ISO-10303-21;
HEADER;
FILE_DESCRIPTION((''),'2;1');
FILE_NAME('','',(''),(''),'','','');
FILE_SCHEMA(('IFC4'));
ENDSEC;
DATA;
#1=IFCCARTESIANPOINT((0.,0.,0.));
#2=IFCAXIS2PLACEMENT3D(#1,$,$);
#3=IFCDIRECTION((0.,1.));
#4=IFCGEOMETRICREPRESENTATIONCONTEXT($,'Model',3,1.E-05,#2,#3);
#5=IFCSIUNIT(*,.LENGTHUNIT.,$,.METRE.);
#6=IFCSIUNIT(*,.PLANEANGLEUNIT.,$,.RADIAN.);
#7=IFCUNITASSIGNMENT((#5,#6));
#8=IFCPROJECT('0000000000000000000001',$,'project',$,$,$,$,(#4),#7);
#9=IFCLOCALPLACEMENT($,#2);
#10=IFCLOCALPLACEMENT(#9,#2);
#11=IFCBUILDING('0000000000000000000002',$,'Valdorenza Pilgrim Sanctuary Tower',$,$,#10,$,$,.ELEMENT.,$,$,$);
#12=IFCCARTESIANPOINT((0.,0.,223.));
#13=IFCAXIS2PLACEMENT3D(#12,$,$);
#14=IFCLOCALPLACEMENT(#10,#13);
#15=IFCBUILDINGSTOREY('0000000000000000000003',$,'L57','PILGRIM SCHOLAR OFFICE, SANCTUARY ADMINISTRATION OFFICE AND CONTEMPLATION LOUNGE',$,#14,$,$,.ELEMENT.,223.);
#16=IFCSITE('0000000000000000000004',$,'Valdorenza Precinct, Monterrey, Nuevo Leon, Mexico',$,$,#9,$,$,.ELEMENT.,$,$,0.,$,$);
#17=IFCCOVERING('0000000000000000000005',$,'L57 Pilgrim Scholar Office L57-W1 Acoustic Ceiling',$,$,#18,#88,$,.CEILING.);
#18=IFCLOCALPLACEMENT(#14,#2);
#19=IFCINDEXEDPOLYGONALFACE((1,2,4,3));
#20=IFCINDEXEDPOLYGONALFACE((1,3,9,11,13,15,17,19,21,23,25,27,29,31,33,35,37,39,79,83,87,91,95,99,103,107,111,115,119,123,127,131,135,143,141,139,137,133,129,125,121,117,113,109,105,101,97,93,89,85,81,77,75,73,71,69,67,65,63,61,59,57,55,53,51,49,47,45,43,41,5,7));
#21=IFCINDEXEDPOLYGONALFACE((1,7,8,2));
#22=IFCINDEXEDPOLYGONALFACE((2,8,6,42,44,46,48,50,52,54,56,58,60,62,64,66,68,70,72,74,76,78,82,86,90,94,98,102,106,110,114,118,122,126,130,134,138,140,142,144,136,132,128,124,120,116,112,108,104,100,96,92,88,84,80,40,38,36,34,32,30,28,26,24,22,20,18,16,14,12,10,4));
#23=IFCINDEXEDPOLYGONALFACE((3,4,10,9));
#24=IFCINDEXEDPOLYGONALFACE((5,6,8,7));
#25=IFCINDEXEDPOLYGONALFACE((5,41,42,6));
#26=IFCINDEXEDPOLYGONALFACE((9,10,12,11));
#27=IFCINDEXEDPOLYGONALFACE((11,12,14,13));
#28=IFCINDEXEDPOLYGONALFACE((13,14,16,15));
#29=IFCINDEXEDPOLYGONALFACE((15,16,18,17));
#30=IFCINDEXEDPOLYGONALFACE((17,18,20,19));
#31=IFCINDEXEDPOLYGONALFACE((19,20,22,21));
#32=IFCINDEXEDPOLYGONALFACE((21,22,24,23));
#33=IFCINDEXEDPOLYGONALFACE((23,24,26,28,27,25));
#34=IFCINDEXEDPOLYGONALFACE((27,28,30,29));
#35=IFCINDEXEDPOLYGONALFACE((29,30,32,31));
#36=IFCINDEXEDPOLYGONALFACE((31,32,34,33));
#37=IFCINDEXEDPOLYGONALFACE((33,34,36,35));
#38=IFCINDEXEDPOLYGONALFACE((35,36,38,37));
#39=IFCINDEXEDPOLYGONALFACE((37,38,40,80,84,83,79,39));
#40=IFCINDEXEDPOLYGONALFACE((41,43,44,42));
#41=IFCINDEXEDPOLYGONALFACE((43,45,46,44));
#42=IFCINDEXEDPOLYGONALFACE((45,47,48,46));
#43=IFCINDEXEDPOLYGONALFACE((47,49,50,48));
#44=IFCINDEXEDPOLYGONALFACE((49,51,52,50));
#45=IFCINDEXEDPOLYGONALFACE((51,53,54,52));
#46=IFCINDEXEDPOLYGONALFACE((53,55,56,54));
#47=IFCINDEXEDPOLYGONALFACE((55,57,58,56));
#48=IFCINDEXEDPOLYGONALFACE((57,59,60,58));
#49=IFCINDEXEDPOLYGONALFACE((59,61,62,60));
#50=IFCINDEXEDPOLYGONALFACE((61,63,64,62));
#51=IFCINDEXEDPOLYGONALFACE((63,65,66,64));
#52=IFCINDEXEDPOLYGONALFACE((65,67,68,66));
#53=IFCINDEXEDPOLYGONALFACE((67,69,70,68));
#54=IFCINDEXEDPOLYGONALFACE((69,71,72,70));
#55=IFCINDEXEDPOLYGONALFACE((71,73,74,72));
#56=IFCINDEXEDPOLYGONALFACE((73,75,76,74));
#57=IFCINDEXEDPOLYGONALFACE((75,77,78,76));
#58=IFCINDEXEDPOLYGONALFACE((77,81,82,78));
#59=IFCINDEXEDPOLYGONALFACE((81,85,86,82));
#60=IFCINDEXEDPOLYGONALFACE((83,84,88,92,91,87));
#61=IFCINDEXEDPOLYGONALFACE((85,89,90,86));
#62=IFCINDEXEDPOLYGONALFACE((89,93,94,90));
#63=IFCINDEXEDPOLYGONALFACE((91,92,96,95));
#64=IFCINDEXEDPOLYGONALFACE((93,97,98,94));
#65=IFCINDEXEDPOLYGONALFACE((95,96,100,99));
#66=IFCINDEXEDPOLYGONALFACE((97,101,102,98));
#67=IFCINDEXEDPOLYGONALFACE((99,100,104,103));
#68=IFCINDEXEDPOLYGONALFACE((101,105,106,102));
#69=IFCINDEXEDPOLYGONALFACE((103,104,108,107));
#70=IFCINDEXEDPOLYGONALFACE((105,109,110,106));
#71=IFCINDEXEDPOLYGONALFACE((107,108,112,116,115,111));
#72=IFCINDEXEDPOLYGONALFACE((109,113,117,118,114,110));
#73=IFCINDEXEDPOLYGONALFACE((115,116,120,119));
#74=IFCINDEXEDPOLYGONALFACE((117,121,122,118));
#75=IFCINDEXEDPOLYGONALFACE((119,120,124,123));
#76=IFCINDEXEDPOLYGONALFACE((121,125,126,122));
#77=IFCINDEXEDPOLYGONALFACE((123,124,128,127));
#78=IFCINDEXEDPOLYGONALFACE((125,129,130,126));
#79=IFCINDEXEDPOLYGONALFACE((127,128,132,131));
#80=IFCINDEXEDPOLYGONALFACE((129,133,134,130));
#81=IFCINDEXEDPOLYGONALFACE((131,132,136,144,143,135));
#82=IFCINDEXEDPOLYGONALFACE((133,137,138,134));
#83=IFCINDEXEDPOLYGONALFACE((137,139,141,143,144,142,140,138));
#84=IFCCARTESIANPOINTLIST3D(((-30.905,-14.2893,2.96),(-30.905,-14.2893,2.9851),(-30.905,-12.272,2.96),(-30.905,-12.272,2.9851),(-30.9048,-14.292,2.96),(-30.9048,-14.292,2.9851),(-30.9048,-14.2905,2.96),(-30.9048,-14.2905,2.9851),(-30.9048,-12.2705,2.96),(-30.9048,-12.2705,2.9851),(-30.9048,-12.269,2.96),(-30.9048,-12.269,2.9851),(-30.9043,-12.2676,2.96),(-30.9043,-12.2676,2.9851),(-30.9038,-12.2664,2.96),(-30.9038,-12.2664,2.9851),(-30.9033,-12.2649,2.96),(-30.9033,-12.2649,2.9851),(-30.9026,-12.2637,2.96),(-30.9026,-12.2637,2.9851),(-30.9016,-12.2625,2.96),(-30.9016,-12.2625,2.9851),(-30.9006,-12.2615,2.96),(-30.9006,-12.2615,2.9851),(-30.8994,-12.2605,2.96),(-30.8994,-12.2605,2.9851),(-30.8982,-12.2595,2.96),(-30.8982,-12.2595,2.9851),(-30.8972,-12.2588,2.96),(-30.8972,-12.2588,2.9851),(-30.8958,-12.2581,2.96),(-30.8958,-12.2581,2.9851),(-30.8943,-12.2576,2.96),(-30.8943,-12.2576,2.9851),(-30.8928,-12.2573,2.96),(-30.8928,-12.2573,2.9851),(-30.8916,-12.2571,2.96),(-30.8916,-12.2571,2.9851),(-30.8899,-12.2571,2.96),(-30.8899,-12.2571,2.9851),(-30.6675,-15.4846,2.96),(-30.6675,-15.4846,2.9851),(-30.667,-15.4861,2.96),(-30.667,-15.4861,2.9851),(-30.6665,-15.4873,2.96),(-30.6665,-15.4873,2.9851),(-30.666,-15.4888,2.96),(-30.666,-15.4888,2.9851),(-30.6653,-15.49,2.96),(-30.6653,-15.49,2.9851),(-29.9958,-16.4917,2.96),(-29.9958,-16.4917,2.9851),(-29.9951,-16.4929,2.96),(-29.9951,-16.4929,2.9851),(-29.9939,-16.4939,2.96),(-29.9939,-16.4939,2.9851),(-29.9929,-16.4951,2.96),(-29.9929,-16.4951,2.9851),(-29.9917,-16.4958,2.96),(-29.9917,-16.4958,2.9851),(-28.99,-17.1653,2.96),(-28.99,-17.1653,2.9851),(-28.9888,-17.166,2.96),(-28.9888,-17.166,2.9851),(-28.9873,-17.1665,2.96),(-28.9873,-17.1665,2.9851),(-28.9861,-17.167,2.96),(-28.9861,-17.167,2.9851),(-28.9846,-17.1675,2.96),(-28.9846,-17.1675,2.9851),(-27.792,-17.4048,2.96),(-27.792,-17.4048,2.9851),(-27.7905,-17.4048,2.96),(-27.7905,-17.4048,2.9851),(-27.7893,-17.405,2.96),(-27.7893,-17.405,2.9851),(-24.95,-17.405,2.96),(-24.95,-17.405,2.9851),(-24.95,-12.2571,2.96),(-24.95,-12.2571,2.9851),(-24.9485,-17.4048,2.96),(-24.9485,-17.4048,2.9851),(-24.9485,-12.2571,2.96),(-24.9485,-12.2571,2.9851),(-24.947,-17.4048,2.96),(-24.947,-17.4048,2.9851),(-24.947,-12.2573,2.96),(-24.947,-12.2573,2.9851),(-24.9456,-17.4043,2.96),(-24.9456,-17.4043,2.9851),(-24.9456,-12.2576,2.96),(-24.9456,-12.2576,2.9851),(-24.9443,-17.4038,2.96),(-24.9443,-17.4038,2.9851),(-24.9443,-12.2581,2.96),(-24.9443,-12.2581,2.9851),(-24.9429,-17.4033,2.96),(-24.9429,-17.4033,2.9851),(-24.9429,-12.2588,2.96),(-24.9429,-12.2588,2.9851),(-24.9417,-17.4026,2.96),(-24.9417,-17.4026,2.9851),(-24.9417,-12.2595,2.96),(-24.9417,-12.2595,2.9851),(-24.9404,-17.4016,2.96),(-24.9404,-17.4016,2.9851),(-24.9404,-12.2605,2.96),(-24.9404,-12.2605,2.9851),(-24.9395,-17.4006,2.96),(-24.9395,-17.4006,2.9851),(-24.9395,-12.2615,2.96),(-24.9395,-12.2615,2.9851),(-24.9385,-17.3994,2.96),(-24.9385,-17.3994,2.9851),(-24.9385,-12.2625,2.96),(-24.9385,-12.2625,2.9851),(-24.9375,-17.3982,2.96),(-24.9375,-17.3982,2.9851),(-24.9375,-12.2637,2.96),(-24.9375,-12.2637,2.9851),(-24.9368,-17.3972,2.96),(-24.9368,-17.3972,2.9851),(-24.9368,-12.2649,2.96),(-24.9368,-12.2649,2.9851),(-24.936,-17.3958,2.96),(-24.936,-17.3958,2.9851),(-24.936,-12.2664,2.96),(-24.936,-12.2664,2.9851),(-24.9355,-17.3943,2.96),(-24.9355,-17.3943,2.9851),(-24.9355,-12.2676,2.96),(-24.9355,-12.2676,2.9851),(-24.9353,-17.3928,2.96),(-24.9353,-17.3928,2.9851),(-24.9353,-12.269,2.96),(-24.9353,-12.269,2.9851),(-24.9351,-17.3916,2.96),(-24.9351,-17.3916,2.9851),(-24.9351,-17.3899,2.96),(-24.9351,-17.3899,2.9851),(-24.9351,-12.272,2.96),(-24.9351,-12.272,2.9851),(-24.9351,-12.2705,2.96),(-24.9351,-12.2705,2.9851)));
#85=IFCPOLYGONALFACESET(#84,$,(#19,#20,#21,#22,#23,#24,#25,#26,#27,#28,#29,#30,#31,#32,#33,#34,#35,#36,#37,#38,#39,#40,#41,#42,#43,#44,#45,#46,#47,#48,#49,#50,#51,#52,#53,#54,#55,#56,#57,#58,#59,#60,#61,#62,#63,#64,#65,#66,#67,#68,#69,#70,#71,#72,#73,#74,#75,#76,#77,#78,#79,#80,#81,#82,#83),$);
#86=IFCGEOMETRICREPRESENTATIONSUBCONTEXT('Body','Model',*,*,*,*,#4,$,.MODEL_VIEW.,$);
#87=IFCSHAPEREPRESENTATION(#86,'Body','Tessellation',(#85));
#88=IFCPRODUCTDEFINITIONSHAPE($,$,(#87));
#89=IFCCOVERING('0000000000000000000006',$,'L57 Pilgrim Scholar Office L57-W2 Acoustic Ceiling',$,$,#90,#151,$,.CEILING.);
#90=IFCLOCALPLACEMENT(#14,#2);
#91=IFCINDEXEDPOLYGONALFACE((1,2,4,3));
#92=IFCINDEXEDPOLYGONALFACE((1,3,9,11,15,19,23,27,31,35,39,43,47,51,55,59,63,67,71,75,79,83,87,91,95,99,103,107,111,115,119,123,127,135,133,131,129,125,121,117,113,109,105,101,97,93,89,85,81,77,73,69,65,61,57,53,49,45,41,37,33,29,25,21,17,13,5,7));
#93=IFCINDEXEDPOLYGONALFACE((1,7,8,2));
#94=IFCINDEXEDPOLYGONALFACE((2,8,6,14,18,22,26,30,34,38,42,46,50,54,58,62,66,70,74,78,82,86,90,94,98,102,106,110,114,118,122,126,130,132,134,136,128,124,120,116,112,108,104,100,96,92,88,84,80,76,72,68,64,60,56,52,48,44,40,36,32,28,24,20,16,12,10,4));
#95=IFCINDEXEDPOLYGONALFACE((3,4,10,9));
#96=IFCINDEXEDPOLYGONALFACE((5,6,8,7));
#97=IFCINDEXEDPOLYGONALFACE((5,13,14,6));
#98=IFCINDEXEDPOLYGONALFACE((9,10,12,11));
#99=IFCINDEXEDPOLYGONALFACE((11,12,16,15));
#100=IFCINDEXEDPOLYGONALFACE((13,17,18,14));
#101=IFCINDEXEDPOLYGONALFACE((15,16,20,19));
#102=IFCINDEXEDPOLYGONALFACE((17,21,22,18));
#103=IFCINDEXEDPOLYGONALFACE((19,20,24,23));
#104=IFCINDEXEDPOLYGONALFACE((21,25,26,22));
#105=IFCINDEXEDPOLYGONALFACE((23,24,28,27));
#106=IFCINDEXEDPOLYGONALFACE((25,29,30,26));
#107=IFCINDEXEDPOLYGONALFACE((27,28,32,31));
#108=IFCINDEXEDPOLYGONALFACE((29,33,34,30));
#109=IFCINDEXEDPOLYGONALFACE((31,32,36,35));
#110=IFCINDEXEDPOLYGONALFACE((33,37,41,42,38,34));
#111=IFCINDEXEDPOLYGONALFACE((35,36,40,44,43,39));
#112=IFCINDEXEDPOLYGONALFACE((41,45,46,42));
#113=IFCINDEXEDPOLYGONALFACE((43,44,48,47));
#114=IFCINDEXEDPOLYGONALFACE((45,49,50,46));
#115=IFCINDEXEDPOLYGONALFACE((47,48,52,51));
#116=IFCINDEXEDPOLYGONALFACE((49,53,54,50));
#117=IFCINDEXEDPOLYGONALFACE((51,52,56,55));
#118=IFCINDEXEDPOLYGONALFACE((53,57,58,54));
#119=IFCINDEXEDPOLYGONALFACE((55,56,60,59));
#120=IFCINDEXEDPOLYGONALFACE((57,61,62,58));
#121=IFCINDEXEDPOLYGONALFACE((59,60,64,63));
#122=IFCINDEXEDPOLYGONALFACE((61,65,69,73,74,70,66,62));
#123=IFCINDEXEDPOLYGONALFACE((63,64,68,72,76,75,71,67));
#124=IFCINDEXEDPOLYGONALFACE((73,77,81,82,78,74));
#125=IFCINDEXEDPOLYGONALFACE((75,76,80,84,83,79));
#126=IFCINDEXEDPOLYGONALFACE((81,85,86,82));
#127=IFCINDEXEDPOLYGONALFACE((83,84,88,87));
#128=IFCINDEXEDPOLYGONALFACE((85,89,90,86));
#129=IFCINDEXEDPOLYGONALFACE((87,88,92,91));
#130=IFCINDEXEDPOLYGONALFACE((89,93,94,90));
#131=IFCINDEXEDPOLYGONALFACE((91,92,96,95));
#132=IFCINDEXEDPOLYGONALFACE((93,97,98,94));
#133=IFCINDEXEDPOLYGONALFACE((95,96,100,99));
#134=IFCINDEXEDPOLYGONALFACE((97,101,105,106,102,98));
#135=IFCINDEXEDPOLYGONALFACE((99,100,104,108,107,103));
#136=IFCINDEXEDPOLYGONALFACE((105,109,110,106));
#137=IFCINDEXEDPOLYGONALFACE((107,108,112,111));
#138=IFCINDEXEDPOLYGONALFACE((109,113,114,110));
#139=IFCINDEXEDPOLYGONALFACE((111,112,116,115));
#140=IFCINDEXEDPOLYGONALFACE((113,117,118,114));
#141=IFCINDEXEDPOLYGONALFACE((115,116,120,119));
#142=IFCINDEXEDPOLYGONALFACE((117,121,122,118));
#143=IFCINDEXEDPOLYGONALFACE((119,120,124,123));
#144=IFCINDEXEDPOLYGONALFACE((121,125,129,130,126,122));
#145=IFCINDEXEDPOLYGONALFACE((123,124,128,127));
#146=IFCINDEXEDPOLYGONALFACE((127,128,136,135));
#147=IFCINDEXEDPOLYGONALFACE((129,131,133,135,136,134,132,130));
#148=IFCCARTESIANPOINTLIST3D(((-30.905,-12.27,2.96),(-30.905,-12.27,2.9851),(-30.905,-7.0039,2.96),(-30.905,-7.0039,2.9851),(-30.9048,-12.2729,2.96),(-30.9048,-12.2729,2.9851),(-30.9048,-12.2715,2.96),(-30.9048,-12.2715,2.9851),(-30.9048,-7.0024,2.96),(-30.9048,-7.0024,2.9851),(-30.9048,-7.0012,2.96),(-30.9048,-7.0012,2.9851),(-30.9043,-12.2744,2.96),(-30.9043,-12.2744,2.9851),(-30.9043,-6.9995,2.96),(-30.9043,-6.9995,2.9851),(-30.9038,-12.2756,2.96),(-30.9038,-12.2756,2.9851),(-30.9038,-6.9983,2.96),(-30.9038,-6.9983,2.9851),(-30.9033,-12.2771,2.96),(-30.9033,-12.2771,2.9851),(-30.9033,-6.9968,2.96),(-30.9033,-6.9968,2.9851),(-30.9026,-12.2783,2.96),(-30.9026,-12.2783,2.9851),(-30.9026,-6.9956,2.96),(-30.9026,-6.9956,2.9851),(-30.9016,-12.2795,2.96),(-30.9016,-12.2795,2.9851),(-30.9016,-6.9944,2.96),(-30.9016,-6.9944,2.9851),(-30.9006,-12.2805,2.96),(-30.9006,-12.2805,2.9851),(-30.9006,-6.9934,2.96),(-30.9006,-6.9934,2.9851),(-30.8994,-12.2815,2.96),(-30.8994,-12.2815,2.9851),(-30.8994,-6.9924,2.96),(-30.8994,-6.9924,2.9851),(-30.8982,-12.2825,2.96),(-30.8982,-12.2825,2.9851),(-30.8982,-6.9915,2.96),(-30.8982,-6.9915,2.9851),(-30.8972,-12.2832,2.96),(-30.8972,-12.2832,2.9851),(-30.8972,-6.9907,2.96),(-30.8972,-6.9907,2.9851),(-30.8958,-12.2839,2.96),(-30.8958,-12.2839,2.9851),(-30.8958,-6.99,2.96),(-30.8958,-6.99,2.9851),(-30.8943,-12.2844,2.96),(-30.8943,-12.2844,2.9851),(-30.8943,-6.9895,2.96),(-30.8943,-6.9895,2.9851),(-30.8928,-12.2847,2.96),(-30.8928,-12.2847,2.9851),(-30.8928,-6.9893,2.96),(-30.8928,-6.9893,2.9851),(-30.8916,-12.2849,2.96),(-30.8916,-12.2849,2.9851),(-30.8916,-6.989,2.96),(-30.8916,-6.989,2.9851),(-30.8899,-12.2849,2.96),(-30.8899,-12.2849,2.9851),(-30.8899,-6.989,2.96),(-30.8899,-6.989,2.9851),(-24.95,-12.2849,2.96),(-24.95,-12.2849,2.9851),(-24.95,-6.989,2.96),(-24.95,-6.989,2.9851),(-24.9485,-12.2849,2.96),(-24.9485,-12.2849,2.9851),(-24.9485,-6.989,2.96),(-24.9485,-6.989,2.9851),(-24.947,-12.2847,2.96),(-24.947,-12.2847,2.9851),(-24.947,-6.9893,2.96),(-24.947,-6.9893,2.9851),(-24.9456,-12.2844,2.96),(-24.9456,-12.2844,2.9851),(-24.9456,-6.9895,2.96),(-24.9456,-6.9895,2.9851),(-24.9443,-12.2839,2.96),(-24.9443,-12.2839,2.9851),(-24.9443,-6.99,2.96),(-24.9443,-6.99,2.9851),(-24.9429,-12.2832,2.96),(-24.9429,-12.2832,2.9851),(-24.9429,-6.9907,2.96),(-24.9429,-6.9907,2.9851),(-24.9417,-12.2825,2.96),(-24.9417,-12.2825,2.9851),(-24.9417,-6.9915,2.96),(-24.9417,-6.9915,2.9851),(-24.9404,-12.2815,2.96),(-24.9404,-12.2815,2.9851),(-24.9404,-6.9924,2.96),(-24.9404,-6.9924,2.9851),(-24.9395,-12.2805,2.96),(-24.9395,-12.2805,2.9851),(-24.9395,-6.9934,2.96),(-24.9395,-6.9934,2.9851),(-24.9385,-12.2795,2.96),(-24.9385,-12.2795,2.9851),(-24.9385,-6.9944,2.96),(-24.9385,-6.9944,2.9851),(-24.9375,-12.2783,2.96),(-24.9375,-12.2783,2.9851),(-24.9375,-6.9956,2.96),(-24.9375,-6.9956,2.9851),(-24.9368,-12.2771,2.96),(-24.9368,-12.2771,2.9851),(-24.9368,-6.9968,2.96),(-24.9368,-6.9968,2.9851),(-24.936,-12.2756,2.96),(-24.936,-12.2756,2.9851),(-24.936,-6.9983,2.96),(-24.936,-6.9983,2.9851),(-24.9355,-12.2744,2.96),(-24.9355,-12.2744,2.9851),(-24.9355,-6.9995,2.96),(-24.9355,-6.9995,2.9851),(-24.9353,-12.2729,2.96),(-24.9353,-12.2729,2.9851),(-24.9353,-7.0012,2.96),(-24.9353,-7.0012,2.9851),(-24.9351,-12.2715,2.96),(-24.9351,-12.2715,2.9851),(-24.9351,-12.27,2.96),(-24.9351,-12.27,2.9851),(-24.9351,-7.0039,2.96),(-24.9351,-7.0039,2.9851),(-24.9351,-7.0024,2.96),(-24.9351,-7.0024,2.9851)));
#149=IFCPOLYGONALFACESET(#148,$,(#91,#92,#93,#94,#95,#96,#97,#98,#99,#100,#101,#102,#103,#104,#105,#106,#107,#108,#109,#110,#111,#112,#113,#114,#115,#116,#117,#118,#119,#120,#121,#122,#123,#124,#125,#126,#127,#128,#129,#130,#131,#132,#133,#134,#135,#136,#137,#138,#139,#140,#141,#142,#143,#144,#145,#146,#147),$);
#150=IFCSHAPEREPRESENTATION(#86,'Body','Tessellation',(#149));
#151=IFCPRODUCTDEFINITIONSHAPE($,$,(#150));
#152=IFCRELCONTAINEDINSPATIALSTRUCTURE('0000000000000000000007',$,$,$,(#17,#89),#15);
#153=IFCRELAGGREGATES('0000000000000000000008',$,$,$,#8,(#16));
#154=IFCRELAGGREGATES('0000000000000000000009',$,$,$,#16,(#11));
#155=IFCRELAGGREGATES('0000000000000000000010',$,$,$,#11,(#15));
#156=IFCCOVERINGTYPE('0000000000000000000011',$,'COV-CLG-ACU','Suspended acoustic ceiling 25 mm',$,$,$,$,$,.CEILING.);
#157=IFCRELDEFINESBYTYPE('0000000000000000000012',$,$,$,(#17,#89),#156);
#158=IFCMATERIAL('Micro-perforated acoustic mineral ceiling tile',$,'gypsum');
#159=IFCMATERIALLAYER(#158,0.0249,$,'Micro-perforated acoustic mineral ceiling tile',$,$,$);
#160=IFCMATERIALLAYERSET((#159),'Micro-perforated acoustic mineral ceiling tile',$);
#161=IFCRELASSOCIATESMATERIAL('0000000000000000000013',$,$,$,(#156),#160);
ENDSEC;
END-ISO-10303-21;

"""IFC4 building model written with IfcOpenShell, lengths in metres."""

from ifc_helpers import new_model, si_unit, direction, frame, origin, place, context, subcontext, project, spatial, polyline, outline, extrude, material, layer, layer_set, type_object, element, save


model = new_model("IFC4")

# Units and contexts
model_context = context("Model", 3, precision=1e-05, world=origin(), true_north=direction((0.0, 1.0)))
body_context = subcontext(model_context, "Body", "Model", "MODEL_VIEW")
ifc_project = project(units=[si_unit("LENGTHUNIT", "METRE"), si_unit("PLANEANGLEUNIT", "RADIAN")], contexts=[model_context])

# Site, building, storey
site_placement = place(None, origin())
site = spatial("IfcSite", under=ifc_project, at=site_placement, Name="Valdorenza Precinct, Monterrey, Nuevo Leon, Mexico", CompositionType="ELEMENT", RefElevation=0.0)
building_placement = place(site_placement, origin())
building = spatial("IfcBuilding", under=site, at=building_placement, Name="Valdorenza Pilgrim Sanctuary Tower", CompositionType="ELEMENT")
storey_placement = place(building_placement, frame((0.0, 0.0, 223.0)))
storey = spatial("IfcBuildingStorey", under=building, at=storey_placement, Name="L57", Description="PILGRIM SCHOLAR OFFICE, SANCTUARY ADMINISTRATION OFFICE AND CONTEMPLATION LOUNGE", CompositionType="ELEMENT", Elevation=223.0)

# Coverings
ifc_material_1 = material(Name="Micro-perforated acoustic mineral ceiling tile", Category="gypsum")
ifc_layer_1 = layer(ifc_material_1, 0.0249, Name="Micro-perforated acoustic mineral ceiling tile")
ifc_layer_set_1 = layer_set([ifc_layer_1], Name="Micro-perforated acoustic mineral ceiling tile")
covering_type_1 = type_object("IfcCoveringType", Name="COV-CLG-ACU", Description="Suspended acoustic ceiling 25 mm", PredefinedType="CEILING", material=ifc_layer_set_1)
covering_1_placement = place(storey_placement, frame((0.0, 0.0, 2.96)))
element("IfcCovering", 1, at=covering_1_placement, inside=storey, type_object=covering_type_1, Name="L57 Pilgrim Scholar Office L57-W1 Acoustic Ceiling", PredefinedType="CEILING", context=body_context, shape_type="SweptSolid", body=[
    extrude(outline(polyline([(-24.9351, -17.3899), (-24.9351, -17.3916), (-24.9353, -17.3928), (-24.9355, -17.3943), (-24.936, -17.3958), (-24.9368, -17.3972), (-24.9375, -17.3982), (-24.9385, -17.3994), (-24.9395, -17.4006), (-24.9404, -17.4016), (-24.9417, -17.4026), (-24.9429, -17.4033), (-24.9443, -17.4038), (-24.9456, -17.4043), (-24.947, -17.4048), (-24.9485, -17.4048), (-24.95, -17.405), (-27.7893, -17.405), (-27.7905, -17.4048), (-27.792, -17.4048), (-28.9846, -17.1675), (-28.9861, -17.167), (-28.9873, -17.1665), (-28.9888, -17.166), (-28.99, -17.1653), (-29.9917, -16.4958), (-29.9929, -16.4951), (-29.9939, -16.4939), (-29.9951, -16.4929), (-29.9958, -16.4917), (-30.6653, -15.49), (-30.666, -15.4888), (-30.6665, -15.4873), (-30.667, -15.4861), (-30.6675, -15.4846), (-30.9048, -14.292), (-30.9048, -14.2905), (-30.905, -14.2893), (-30.905, -12.272), (-30.9048, -12.2705), (-30.9048, -12.269), (-30.9043, -12.2676), (-30.9038, -12.2664), (-30.9033, -12.2649), (-30.9026, -12.2637), (-30.9016, -12.2625), (-30.9006, -12.2615), (-30.8994, -12.2605), (-30.8982, -12.2595), (-30.8972, -12.2588), (-30.8958, -12.2581), (-30.8943, -12.2576), (-30.8928, -12.2573), (-30.8916, -12.2571), (-30.8899, -12.2571), (-24.95, -12.2571), (-24.9485, -12.2571), (-24.947, -12.2573), (-24.9456, -12.2576), (-24.9443, -12.2581), (-24.9429, -12.2588), (-24.9417, -12.2595), (-24.9404, -12.2605), (-24.9395, -12.2615), (-24.9385, -12.2625), (-24.9375, -12.2637), (-24.9368, -12.2649), (-24.936, -12.2664), (-24.9355, -12.2676), (-24.9353, -12.269), (-24.9351, -12.2705), (-24.9351, -12.272), (-24.9351, -17.3899)])), origin(), (0.0, 0.0, 1.0), 0.0251),
])
covering_2_placement = place(storey_placement, frame((0.0, 0.0, 2.96)))
element("IfcCovering", 2, at=covering_2_placement, inside=storey, type_object=covering_type_1, Name="L57 Pilgrim Scholar Office L57-W2 Acoustic Ceiling", PredefinedType="CEILING", context=body_context, shape_type="SweptSolid", body=[
    extrude(outline(polyline([(-24.9351, -12.27), (-24.9351, -12.2715), (-24.9353, -12.2729), (-24.9355, -12.2744), (-24.936, -12.2756), (-24.9368, -12.2771), (-24.9375, -12.2783), (-24.9385, -12.2795), (-24.9395, -12.2805), (-24.9404, -12.2815), (-24.9417, -12.2825), (-24.9429, -12.2832), (-24.9443, -12.2839), (-24.9456, -12.2844), (-24.947, -12.2847), (-24.9485, -12.2849), (-24.95, -12.2849), (-30.8899, -12.2849), (-30.8916, -12.2849), (-30.8928, -12.2847), (-30.8943, -12.2844), (-30.8958, -12.2839), (-30.8972, -12.2832), (-30.8982, -12.2825), (-30.8994, -12.2815), (-30.9006, -12.2805), (-30.9016, -12.2795), (-30.9026, -12.2783), (-30.9033, -12.2771), (-30.9038, -12.2756), (-30.9043, -12.2744), (-30.9048, -12.2729), (-30.9048, -12.2715), (-30.905, -12.27), (-30.905, -7.0039), (-30.9048, -7.0024), (-30.9048, -7.0012), (-30.9043, -6.9995), (-30.9038, -6.9983), (-30.9033, -6.9968), (-30.9026, -6.9956), (-30.9016, -6.9944), (-30.9006, -6.9934), (-30.8994, -6.9924), (-30.8982, -6.9915), (-30.8972, -6.9907), (-30.8958, -6.99), (-30.8943, -6.9895), (-30.8928, -6.9893), (-30.8916, -6.989), (-30.8899, -6.989), (-24.95, -6.989), (-24.9485, -6.989), (-24.947, -6.9893), (-24.9456, -6.9895), (-24.9443, -6.99), (-24.9429, -6.9907), (-24.9417, -6.9915), (-24.9404, -6.9924), (-24.9395, -6.9934), (-24.9385, -6.9944), (-24.9375, -6.9956), (-24.9368, -6.9968), (-24.936, -6.9983), (-24.9355, -6.9995), (-24.9353, -7.0012), (-24.9351, -7.0024), (-24.9351, -7.0039), (-24.9351, -12.27)])), origin(), (0.0, 0.0, 1.0), 0.0251),
])

save(model, "model.ifc")
